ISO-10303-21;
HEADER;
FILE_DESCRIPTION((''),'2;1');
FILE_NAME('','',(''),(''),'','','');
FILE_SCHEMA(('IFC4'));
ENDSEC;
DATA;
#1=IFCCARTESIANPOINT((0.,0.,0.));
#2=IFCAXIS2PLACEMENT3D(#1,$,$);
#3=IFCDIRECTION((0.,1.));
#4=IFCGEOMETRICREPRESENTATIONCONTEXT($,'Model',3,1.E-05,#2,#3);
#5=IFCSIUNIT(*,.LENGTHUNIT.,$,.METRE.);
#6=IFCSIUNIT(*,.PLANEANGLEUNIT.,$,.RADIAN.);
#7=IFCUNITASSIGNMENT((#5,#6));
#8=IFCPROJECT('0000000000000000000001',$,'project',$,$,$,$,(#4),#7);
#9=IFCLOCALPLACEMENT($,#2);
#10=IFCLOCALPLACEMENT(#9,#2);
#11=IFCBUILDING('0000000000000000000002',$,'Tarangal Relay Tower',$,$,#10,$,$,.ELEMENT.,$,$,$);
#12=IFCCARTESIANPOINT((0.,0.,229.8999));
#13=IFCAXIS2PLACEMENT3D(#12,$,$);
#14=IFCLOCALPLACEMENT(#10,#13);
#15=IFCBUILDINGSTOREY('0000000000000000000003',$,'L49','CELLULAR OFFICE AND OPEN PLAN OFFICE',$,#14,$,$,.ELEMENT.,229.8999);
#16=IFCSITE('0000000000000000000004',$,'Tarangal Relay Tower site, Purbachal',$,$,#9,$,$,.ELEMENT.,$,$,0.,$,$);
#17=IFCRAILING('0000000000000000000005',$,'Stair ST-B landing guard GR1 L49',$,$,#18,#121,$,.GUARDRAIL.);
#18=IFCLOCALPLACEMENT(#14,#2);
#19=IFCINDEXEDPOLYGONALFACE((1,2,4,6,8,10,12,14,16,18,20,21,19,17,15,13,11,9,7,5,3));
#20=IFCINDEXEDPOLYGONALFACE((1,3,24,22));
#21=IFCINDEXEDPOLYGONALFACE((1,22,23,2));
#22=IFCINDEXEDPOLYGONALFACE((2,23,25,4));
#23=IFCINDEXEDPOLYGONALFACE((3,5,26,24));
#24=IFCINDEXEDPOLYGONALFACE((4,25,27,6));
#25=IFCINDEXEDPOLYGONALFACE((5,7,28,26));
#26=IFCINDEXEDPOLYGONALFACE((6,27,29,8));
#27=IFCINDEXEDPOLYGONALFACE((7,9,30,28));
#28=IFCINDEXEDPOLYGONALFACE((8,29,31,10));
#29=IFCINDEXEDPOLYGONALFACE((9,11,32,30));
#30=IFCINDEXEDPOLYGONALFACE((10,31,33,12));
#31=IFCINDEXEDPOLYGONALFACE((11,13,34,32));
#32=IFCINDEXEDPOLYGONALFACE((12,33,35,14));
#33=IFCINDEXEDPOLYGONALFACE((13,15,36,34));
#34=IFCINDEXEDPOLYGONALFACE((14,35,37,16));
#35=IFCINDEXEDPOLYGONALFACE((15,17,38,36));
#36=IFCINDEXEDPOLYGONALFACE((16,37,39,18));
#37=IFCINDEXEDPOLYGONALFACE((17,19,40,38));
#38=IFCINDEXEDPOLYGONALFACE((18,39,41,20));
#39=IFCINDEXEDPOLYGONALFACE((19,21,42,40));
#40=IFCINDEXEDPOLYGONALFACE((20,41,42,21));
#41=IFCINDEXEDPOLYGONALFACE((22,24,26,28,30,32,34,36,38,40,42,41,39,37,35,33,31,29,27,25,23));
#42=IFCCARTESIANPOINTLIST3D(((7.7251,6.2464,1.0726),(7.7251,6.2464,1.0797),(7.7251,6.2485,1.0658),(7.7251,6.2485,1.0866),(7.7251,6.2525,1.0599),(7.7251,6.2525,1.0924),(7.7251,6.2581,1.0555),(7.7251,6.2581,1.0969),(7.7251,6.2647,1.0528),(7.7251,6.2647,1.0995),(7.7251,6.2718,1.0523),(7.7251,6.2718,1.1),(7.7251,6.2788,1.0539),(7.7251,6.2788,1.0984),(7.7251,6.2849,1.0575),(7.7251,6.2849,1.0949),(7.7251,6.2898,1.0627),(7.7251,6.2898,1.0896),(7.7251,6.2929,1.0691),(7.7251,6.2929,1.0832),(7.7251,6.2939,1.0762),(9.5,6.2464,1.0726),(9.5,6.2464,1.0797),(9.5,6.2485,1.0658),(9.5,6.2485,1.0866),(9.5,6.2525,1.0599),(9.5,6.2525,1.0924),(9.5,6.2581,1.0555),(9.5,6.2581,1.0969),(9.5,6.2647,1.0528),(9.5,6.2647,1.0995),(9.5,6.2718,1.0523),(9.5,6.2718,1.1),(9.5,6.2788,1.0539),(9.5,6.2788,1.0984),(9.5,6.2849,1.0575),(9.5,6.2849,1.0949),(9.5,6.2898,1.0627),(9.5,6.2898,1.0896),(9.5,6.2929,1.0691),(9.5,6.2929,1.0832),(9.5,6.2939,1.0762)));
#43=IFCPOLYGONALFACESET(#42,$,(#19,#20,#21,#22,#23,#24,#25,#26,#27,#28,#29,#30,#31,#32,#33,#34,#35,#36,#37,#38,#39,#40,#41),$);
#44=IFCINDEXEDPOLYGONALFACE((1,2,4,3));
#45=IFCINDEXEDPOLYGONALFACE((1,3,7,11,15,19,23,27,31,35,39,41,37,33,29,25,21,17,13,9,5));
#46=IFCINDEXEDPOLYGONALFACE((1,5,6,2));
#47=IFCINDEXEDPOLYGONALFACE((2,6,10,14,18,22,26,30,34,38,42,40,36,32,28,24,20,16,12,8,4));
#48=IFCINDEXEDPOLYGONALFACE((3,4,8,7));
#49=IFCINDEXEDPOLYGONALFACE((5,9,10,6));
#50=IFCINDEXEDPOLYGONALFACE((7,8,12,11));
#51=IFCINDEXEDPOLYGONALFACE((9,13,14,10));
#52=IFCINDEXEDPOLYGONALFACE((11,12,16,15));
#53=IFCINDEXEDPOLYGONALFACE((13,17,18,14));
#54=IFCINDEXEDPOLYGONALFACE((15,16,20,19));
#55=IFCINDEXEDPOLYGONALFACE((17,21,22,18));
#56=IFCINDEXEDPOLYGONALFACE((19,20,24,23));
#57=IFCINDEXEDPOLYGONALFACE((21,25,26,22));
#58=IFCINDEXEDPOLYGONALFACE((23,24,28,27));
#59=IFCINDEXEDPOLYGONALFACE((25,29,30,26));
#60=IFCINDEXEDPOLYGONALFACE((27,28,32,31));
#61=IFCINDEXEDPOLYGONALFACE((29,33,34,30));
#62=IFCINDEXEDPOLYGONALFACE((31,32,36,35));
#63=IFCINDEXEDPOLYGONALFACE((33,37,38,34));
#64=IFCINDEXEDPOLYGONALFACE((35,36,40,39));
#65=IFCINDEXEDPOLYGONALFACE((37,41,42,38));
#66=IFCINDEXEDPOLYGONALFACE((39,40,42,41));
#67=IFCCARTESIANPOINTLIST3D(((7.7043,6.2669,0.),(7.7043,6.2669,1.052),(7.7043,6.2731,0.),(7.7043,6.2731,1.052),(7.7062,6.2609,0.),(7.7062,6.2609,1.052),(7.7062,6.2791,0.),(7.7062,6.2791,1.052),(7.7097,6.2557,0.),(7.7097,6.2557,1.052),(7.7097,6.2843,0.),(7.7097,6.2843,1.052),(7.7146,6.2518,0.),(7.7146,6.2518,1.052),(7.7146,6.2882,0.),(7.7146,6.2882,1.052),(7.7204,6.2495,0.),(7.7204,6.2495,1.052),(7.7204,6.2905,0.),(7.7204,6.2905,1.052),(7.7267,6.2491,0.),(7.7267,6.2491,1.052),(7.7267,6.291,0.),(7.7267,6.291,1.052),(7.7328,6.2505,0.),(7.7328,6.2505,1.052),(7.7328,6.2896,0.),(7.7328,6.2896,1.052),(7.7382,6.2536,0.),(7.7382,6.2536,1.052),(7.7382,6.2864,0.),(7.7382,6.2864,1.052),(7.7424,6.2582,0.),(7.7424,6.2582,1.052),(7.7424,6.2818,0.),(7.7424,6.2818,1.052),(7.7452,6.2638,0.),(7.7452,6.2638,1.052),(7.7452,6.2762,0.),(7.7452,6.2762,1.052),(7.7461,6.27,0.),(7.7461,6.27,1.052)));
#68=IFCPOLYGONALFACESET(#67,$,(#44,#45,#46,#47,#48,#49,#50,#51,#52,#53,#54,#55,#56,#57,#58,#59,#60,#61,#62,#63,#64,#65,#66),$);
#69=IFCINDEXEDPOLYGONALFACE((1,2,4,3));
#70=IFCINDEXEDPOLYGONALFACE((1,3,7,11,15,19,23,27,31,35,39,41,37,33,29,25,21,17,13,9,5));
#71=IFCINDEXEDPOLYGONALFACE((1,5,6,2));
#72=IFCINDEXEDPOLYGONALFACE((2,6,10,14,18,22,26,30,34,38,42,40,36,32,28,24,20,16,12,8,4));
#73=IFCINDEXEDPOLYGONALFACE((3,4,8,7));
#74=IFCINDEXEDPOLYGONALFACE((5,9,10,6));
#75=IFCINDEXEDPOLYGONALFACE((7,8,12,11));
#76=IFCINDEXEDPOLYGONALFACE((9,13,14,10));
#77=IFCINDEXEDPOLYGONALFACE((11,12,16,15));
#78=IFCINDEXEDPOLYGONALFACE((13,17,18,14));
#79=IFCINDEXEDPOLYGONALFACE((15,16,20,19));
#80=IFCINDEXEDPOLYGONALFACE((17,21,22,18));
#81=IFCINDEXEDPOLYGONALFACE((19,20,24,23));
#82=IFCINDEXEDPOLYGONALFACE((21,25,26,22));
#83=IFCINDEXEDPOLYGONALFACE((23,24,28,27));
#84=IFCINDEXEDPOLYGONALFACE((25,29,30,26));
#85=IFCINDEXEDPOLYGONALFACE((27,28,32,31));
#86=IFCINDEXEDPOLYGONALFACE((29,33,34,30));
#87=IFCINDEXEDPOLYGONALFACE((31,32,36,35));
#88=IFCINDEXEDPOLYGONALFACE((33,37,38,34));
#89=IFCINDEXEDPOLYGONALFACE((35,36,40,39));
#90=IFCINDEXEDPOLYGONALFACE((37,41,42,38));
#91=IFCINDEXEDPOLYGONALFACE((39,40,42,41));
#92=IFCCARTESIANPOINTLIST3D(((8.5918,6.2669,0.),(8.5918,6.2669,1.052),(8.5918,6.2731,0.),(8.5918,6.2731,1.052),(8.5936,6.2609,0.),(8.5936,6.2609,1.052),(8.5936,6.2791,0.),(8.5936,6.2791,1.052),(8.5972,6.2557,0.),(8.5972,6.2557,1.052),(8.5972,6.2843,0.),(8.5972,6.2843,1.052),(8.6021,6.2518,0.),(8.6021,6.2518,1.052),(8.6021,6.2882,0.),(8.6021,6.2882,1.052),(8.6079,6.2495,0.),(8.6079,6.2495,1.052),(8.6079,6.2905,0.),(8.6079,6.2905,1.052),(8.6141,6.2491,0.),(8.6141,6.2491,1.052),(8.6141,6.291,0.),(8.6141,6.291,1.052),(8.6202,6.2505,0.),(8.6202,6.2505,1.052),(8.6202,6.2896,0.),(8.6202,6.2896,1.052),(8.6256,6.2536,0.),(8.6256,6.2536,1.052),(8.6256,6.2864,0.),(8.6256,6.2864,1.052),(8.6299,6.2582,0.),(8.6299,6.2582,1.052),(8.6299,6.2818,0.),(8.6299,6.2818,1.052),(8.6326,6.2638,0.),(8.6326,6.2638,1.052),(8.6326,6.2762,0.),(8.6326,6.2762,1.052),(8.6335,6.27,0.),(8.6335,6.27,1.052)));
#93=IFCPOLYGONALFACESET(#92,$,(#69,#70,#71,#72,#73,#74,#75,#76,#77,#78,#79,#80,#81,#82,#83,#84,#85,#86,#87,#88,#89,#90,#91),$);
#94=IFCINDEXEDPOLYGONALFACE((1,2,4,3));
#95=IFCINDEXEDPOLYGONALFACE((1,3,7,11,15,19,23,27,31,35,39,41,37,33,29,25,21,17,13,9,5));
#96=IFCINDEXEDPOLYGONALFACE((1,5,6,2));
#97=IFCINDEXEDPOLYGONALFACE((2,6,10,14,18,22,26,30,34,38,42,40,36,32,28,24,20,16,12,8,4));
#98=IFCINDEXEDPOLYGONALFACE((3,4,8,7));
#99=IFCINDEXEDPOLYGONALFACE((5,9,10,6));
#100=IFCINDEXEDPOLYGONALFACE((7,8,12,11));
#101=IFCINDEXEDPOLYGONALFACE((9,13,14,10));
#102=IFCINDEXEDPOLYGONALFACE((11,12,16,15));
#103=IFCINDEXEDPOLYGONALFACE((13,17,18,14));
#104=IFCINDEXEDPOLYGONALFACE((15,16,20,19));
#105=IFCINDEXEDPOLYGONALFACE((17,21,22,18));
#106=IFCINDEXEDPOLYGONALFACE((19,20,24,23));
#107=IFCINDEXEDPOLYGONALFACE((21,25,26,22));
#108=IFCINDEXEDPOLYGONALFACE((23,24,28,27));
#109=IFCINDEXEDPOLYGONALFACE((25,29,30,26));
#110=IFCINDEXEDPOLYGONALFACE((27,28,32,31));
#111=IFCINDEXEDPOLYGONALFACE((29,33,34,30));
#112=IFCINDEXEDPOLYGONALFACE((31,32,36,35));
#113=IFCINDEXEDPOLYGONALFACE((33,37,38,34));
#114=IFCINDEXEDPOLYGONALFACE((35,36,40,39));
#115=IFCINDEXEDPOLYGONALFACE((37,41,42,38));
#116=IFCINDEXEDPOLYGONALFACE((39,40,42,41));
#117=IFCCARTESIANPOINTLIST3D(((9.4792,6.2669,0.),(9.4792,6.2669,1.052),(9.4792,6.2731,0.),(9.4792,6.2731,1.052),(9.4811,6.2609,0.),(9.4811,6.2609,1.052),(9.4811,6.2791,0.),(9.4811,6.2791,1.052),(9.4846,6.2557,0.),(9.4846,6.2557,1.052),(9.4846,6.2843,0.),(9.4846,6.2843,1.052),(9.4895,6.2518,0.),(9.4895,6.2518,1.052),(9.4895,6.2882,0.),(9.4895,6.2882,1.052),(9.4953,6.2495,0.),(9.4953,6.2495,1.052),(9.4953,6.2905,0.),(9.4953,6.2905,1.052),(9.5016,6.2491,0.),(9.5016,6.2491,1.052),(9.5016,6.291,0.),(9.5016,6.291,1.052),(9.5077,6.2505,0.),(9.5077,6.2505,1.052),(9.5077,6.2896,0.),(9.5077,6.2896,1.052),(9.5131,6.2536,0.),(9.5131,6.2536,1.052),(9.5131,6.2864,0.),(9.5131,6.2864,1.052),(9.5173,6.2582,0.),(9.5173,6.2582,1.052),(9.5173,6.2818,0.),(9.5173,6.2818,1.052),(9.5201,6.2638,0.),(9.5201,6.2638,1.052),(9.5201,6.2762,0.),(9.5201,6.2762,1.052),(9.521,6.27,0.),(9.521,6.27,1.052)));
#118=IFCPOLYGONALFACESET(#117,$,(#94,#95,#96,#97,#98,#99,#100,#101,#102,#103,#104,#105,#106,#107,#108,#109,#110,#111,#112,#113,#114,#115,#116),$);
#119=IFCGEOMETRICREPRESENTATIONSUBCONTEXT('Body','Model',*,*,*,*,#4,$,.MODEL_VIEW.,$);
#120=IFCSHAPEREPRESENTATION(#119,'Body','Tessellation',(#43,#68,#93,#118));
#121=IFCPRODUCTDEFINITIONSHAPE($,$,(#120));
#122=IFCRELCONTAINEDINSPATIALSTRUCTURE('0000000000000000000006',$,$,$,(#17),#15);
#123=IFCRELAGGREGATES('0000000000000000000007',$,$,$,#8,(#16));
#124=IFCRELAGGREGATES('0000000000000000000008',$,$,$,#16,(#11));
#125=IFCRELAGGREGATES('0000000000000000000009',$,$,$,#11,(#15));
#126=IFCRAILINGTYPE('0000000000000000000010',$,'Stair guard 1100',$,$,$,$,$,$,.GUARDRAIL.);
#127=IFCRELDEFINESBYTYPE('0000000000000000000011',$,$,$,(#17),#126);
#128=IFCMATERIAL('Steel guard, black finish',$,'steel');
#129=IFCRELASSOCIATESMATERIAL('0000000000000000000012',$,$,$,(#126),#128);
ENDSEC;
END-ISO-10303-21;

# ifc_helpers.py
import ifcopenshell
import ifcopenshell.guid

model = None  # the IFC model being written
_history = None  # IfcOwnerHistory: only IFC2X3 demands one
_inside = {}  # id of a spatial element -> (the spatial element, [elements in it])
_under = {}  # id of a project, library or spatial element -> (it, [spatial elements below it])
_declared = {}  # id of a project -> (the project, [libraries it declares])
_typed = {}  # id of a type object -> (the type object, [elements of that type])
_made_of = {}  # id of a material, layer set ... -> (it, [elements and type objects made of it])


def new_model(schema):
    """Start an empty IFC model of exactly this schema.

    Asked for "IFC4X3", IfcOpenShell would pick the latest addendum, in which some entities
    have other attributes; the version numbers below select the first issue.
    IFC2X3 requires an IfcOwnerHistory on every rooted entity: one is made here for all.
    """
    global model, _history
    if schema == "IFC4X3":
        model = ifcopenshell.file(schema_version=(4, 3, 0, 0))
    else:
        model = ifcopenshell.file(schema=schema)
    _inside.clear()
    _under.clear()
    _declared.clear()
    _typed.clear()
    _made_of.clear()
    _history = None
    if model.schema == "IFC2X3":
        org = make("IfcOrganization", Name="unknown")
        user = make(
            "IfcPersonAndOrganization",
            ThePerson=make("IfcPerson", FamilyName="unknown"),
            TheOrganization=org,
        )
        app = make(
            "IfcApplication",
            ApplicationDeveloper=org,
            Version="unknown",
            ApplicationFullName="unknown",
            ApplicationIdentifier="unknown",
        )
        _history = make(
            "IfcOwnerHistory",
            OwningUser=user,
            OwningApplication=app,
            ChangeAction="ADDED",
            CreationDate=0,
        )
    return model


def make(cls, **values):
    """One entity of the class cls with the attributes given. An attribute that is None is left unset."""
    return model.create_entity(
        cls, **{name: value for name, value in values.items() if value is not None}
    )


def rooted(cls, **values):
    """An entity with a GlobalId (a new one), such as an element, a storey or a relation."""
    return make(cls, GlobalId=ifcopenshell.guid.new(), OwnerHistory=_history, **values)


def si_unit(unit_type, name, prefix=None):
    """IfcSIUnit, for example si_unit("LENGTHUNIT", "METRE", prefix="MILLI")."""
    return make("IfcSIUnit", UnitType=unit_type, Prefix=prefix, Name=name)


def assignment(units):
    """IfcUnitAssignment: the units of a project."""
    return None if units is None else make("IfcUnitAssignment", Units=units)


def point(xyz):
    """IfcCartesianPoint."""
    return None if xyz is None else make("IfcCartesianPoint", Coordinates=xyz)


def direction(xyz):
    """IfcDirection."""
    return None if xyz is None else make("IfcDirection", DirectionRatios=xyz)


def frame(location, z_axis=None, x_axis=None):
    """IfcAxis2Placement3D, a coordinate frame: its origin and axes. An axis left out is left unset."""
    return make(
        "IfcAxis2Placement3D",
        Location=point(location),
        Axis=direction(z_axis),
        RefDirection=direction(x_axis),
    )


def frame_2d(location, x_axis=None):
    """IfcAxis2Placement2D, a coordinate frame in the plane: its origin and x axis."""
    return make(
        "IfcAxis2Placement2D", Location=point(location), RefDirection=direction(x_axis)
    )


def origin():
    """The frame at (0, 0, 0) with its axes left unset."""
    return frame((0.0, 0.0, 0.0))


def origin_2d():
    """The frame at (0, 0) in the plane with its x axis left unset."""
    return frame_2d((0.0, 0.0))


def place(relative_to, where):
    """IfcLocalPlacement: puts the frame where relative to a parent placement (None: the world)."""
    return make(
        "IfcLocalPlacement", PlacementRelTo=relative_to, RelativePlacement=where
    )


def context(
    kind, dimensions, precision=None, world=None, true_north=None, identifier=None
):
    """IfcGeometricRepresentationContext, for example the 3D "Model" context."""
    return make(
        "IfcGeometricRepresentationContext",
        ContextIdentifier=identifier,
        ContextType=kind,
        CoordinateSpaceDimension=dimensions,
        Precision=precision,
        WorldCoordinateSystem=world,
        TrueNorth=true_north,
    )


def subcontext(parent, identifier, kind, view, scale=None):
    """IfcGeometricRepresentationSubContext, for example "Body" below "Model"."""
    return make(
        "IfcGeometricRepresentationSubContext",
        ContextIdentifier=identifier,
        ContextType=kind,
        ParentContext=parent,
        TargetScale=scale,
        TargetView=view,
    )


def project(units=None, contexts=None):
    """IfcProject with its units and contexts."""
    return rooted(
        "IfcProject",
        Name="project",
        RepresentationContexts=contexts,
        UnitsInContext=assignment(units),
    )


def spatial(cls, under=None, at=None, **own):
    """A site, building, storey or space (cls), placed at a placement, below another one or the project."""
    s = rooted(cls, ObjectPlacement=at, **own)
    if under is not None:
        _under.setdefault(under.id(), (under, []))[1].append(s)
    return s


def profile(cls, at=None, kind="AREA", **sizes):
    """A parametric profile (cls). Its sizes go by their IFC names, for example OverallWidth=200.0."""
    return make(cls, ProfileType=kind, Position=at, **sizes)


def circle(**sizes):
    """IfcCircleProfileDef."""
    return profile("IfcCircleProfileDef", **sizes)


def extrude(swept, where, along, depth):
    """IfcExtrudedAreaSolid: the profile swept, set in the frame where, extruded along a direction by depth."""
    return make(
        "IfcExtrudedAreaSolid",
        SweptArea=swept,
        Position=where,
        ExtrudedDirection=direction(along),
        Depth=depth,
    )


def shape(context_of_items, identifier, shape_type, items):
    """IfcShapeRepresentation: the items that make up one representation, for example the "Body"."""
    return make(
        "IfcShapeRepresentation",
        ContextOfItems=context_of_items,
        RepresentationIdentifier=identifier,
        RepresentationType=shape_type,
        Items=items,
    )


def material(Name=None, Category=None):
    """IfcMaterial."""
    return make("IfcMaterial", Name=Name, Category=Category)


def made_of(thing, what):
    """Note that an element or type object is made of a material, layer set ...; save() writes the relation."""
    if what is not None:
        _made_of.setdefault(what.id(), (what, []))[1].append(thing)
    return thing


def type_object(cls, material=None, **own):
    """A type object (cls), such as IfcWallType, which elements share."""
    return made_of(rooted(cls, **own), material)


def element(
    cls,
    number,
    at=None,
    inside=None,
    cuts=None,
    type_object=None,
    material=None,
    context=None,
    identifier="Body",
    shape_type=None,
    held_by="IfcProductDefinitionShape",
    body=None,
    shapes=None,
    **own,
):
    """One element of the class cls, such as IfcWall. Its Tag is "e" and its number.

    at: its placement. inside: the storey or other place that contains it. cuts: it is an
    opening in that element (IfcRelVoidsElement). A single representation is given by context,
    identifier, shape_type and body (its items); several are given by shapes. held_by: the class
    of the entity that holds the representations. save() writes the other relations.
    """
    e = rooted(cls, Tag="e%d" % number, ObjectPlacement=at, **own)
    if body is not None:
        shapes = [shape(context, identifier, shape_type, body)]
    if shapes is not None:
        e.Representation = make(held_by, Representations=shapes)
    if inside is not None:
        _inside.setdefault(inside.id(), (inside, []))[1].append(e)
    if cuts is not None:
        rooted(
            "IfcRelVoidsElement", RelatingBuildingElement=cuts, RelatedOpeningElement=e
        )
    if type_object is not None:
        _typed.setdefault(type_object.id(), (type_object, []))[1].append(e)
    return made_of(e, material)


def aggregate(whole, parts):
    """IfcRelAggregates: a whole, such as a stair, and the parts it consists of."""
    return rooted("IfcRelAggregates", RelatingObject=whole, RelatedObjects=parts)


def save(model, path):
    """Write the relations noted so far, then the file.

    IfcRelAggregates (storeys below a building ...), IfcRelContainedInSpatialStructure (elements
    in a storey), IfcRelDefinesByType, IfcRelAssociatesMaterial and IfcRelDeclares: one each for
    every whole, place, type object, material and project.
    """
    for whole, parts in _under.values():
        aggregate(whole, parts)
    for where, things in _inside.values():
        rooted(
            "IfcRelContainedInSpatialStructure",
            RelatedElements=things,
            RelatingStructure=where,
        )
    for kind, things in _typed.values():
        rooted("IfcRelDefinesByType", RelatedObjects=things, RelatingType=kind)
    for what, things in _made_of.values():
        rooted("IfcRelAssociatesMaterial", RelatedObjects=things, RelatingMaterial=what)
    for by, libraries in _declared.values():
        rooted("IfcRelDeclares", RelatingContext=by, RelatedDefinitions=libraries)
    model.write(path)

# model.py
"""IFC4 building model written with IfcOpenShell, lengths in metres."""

from ifc_helpers import new_model, si_unit, direction, frame, origin, origin_2d, place, context, subcontext, project, spatial, circle, extrude, material, type_object, element, save


model = new_model("IFC4")

# Units and contexts
model_context = context("Model", 3, precision=1e-05, world=origin(), true_north=direction((0.0, 1.0)))
body_context = subcontext(model_context, "Body", "Model", "MODEL_VIEW")
ifc_project = project(units=[si_unit("LENGTHUNIT", "METRE"), si_unit("PLANEANGLEUNIT", "RADIAN")], contexts=[model_context])

# Site, building, storey
site_placement = place(None, origin())
site = spatial("IfcSite", under=ifc_project, at=site_placement, Name="Tarangal Relay Tower site, Purbachal", CompositionType="ELEMENT", RefElevation=0.0)
building_placement = place(site_placement, origin())
building = spatial("IfcBuilding", under=site, at=building_placement, Name="Tarangal Relay Tower", CompositionType="ELEMENT")
storey_placement = place(building_placement, frame((0.0, 0.0, 229.8999)))
storey = spatial("IfcBuildingStorey", under=building, at=storey_placement, Name="L49", Description="CELLULAR OFFICE AND OPEN PLAN OFFICE", CompositionType="ELEMENT", Elevation=229.8999)

# Railing
ifc_material_1 = material(Name="Steel guard, black finish", Category="steel")
railing_type_1 = type_object("IfcRailingType", Name="Stair guard 1100", PredefinedType="GUARDRAIL", material=ifc_material_1)
railing_1_placement = place(storey_placement, frame((7.7251, 6.27, 0.0)))
element("IfcRailing", 1, at=railing_1_placement, inside=storey, type_object=railing_type_1, Name="Stair ST-B landing guard GR1 L49", PredefinedType="GUARDRAIL", context=body_context, shape_type="SweptSolid", body=[
    extrude(circle(Radius=0.0239, at=origin_2d()), frame((0.0, 0.0, 1.0762), z_axis=(1.0, 0.0, 0.0), x_axis=(0.0, 1.0, 0.0)), (0.0, 0.0, 1.0), 1.7749),
    extrude(circle(Radius=0.021, at=origin_2d()), origin(), (0.0, 0.0, 1.0), 1.052),
    extrude(circle(Radius=0.021, at=origin_2d()), frame((0.8875, 0.0, 0.0)), (0.0, 0.0, 1.0), 1.052),
    extrude(circle(Radius=0.021, at=origin_2d()), frame((1.7749, 0.0, 0.0)), (0.0, 0.0, 1.0), 1.052),
])

save(model, "model.ifc")
